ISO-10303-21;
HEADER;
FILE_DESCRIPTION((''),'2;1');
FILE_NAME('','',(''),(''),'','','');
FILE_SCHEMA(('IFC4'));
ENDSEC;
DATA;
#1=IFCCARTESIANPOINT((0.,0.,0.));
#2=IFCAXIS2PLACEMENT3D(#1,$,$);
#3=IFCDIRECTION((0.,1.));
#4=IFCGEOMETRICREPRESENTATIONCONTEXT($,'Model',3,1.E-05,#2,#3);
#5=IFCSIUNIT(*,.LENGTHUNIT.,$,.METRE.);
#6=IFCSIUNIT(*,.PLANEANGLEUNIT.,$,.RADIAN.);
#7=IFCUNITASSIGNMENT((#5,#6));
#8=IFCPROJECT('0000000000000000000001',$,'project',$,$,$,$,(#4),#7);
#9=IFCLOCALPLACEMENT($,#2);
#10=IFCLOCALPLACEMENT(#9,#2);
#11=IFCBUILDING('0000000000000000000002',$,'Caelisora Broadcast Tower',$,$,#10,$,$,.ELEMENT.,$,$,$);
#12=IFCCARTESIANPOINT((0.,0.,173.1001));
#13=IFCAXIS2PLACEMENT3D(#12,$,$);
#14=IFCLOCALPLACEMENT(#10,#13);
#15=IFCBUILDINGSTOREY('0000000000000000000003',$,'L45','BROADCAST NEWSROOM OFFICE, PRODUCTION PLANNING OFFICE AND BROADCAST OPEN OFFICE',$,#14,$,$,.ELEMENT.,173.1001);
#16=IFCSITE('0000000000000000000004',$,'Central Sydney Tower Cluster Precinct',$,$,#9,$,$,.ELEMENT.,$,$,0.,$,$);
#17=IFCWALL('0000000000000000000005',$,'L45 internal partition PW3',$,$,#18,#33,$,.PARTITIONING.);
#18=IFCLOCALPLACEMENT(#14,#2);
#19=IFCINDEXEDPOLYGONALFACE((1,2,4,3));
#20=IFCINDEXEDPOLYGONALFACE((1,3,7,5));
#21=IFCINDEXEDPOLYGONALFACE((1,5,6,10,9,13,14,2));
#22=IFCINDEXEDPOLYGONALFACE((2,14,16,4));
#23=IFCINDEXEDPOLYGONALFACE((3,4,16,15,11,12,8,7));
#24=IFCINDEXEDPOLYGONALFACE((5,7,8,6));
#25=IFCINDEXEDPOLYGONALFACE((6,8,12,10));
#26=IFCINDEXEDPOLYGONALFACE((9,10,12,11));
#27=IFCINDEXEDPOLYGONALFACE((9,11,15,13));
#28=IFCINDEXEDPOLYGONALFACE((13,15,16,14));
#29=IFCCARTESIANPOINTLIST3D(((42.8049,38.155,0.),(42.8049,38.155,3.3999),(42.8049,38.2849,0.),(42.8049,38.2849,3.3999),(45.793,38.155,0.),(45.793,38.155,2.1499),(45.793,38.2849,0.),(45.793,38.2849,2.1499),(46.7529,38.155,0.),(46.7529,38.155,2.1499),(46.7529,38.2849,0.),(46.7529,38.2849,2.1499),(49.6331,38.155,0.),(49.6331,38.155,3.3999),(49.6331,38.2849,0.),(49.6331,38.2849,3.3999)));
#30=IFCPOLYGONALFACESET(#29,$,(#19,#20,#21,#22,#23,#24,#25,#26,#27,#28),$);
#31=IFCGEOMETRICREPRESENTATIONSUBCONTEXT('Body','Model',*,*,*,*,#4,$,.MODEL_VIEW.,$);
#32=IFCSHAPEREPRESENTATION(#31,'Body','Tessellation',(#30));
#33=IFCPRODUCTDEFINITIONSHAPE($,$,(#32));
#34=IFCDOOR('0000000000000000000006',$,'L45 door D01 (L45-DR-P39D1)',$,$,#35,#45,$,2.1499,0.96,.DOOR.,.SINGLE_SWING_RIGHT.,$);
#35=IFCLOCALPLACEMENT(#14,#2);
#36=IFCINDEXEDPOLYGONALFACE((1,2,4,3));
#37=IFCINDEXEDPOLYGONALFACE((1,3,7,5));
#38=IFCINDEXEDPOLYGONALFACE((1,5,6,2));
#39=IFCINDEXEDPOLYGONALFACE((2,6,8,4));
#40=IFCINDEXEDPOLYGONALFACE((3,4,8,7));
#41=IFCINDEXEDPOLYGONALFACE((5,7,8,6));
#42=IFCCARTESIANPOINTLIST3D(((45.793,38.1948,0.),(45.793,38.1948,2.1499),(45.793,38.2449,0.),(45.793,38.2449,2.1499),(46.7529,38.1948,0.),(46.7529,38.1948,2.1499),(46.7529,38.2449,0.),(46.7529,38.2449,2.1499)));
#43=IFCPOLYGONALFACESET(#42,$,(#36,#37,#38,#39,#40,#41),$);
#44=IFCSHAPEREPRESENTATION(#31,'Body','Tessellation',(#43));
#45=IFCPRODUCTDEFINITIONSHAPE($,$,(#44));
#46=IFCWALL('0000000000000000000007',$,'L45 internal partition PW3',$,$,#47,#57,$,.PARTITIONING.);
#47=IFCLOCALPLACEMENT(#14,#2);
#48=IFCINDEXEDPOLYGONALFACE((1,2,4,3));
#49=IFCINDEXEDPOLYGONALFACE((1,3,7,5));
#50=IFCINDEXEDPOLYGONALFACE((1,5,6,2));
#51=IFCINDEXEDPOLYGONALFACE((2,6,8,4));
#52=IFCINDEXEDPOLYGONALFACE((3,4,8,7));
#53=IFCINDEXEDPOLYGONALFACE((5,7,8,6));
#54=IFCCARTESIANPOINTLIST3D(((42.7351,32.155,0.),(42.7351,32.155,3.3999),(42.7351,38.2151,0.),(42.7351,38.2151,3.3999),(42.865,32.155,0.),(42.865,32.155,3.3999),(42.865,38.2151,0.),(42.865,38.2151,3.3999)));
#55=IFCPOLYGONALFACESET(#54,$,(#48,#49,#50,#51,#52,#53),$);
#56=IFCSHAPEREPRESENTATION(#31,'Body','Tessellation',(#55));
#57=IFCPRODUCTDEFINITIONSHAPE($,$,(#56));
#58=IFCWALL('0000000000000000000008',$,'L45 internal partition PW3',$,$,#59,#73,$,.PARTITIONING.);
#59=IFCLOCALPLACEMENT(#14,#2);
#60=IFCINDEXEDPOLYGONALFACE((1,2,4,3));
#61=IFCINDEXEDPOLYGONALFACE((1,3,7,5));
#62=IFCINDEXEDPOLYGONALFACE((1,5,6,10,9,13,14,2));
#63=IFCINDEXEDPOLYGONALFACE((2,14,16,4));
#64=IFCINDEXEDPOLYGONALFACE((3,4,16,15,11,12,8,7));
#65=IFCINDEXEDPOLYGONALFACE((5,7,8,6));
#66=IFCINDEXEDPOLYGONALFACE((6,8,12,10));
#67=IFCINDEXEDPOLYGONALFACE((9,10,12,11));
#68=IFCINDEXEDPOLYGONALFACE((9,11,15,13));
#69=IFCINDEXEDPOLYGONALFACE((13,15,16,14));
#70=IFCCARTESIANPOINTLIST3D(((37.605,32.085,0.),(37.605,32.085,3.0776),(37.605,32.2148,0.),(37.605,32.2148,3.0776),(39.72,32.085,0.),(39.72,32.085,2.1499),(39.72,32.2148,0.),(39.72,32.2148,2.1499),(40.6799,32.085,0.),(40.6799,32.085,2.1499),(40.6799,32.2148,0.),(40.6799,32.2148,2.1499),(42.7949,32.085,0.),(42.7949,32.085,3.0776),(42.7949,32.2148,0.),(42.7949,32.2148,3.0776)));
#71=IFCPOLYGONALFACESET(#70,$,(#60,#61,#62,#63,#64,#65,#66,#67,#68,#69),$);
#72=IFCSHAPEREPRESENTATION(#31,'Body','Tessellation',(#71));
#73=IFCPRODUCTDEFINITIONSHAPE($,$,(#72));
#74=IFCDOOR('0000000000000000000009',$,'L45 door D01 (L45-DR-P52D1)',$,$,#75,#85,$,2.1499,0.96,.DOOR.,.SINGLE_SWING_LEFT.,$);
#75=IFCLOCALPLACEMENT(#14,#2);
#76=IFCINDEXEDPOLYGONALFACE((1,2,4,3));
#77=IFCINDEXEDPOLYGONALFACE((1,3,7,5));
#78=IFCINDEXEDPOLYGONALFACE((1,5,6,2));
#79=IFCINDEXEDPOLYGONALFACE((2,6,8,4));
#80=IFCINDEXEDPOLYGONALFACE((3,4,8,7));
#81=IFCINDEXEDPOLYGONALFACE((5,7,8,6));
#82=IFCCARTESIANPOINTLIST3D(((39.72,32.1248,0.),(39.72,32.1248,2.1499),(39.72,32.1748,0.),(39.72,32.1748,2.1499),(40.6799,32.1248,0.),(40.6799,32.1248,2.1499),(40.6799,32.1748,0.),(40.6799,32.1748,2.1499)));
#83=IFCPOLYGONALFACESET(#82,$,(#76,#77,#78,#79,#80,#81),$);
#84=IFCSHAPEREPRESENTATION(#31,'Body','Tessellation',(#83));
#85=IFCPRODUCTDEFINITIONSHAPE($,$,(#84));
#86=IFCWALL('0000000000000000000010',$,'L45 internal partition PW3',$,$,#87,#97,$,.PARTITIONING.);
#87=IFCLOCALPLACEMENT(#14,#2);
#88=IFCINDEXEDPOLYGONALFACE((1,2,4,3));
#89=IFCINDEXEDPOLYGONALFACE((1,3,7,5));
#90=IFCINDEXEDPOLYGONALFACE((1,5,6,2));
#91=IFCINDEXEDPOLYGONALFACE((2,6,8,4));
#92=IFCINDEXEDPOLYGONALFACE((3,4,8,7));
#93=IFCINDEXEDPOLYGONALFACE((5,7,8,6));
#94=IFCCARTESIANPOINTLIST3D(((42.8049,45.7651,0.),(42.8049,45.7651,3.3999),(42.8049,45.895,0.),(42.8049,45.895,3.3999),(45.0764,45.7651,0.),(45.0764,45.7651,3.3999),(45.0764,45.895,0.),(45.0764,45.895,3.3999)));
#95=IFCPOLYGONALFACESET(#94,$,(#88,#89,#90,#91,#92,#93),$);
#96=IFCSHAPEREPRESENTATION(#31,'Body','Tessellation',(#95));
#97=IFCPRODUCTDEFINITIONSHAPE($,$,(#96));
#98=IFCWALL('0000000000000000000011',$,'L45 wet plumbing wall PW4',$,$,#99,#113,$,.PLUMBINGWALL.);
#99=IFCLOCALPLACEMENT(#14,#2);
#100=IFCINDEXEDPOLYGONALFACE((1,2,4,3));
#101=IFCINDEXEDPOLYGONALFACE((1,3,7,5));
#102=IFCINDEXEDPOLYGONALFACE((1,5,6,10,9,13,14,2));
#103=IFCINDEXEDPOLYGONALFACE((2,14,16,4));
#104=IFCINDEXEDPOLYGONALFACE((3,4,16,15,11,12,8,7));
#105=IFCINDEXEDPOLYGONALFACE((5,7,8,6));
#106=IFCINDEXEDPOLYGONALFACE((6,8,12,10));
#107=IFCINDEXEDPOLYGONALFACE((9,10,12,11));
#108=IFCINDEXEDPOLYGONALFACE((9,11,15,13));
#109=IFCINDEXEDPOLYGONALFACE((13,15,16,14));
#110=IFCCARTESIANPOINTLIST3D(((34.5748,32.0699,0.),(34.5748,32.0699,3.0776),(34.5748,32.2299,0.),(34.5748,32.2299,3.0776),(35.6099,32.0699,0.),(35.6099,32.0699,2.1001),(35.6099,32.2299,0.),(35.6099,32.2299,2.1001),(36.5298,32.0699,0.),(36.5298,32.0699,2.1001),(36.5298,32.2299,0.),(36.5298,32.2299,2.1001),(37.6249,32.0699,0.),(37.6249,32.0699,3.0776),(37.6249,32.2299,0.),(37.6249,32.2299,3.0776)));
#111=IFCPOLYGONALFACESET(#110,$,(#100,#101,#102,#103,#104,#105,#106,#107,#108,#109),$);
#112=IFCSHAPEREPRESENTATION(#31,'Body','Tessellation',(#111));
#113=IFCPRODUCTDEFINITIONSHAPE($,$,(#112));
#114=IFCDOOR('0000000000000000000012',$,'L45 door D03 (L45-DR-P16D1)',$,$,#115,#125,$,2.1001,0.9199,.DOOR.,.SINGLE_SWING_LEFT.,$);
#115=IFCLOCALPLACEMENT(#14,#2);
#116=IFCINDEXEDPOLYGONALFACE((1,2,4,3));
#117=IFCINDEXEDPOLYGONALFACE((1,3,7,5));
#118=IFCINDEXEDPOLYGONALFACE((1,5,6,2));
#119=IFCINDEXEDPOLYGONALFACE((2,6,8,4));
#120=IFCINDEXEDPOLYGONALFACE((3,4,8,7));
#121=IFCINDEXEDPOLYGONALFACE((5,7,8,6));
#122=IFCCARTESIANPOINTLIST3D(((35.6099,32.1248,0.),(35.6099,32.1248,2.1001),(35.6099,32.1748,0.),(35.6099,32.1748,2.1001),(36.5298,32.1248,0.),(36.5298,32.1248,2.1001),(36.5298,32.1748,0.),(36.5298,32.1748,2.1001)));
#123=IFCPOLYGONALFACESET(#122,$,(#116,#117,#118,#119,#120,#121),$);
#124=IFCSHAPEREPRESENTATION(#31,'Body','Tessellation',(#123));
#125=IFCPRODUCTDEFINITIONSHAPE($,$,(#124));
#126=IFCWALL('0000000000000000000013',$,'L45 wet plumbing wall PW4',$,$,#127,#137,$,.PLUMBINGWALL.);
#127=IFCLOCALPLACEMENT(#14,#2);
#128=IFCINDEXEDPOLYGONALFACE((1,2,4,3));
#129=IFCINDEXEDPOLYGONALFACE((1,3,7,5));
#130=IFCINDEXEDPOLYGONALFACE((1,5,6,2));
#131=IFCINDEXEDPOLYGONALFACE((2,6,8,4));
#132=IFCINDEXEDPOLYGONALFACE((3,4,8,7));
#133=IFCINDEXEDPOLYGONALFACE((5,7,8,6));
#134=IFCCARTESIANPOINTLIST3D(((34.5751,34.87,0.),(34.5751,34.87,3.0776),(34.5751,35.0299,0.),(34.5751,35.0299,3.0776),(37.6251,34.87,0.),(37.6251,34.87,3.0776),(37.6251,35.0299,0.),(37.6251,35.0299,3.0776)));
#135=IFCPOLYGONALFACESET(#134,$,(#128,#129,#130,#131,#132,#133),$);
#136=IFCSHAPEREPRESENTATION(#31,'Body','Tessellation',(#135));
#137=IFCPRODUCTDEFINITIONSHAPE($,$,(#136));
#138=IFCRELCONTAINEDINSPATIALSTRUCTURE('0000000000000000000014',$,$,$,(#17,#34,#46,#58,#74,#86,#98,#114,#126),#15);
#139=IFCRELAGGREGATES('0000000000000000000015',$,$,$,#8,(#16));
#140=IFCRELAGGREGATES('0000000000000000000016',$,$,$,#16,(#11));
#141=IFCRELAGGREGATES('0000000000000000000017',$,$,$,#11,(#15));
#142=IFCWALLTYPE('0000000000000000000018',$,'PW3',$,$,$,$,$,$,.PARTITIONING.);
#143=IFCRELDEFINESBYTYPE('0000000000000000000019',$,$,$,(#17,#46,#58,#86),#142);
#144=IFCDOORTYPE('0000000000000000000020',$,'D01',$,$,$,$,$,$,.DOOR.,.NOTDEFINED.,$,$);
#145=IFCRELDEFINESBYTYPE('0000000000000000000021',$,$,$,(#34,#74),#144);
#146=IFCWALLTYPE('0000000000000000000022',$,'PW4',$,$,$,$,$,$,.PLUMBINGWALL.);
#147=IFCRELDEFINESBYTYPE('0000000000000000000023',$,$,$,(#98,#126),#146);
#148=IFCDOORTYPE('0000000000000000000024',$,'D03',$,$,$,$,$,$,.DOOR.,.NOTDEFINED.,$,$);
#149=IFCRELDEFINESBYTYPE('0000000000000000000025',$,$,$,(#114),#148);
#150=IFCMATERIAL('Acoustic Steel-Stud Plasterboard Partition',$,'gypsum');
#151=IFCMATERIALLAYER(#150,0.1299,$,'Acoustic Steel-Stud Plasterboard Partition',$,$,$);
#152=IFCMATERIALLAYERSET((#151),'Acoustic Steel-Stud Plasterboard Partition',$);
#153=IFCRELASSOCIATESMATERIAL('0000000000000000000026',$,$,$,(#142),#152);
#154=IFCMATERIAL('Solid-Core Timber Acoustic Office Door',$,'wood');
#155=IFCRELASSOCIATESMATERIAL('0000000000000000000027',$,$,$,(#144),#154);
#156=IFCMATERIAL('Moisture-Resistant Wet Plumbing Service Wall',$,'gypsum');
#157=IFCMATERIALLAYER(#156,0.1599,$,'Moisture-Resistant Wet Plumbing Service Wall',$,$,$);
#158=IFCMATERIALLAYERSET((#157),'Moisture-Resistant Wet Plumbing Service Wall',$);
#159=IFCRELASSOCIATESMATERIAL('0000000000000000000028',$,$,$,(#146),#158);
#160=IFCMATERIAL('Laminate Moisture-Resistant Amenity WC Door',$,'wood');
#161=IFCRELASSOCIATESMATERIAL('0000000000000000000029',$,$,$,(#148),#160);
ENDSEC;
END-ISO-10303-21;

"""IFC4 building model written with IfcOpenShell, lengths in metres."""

from ifc_helpers import new_model, si_unit, direction, frame, frame_2d, origin, place, context, subcontext, project, spatial, rectangle, extrude, material, layer, layer_set, type_object, element, fill, save


model = new_model("IFC4")

# Units and contexts
model_context = context("Model", 3, precision=1e-05, world=origin(), true_north=direction((0.0, 1.0)))
body_context = subcontext(model_context, "Body", "Model", "MODEL_VIEW")
ifc_project = project(units=[si_unit("LENGTHUNIT", "METRE"), si_unit("PLANEANGLEUNIT", "RADIAN")], contexts=[model_context])

# Site, building, storey
site_placement = place(None, origin())
site = spatial("IfcSite", under=ifc_project, at=site_placement, Name="Central Sydney Tower Cluster Precinct", CompositionType="ELEMENT", RefElevation=0.0)
building_placement = place(site_placement, origin())
building = spatial("IfcBuilding", under=site, at=building_placement, Name="Caelisora Broadcast Tower", CompositionType="ELEMENT")
storey_placement = place(building_placement, frame((0.0, 0.0, 173.1001)))
storey = spatial("IfcBuildingStorey", under=building, at=storey_placement, Name="L45", Description="BROADCAST NEWSROOM OFFICE, PRODUCTION PLANNING OFFICE AND BROADCAST OPEN OFFICE", CompositionType="ELEMENT", Elevation=173.1001)

# Shared definitions
ifc_material_1 = material(Name="Acoustic Steel-Stud Plasterboard Partition", Category="gypsum")
ifc_layer_1 = layer(ifc_material_1, 0.1299, Name="Acoustic Steel-Stud Plasterboard Partition")
ifc_layer_set_1 = layer_set([ifc_layer_1], Name="Acoustic Steel-Stud Plasterboard Partition")
wall_type_1 = type_object("IfcWallType", Name="PW3", PredefinedType="PARTITIONING", material=ifc_layer_set_1)
ifc_material_2 = material(Name="Solid-Core Timber Acoustic Office Door", Category="wood")
door_type_1 = type_object("IfcDoorType", Name="D01", OperationType="NOTDEFINED", PredefinedType="DOOR", material=ifc_material_2)

# Wall, opening, door
wall_1_placement = place(storey_placement, frame((42.8049, 38.22, 0.0), z_axis=(0.0, 0.0, 1.0), x_axis=(1.0, 0.0, 0.0)))
wall_1 = element("IfcWall", 1, at=wall_1_placement, inside=storey, type_object=wall_type_1, Name="L45 internal partition PW3", PredefinedType="PARTITIONING", context=body_context, shape_type="SweptSolid", body=[
    extrude(rectangle(XDim=6.8281, YDim=0.1299, at=frame_2d((3.4141, 0.0))), origin(), (0.0, 0.0, 1.0), 3.3999),
])
opening_1_placement = place(wall_1_placement, frame((2.988, 0.0, 0.0)))
opening_1 = element("IfcOpeningElement", 2, at=opening_1_placement, cuts=wall_1, PredefinedType="OPENING", context=body_context, shape_type="SweptSolid", body=[
    extrude(rectangle(XDim=0.96, YDim=2.1499, at=frame_2d((0.48, 1.075))), frame((0.0, 0.0769, 0.0), z_axis=(0.0, -1.0, 0.0), x_axis=(1.0, 0.0, 0.0)), (0.0, 0.0, 1.0), 0.1538),
])
door_1_placement = place(opening_1_placement, origin())
door_1 = element("IfcDoor", 3, at=door_1_placement, inside=storey, type_object=door_type_1, Name="L45 door D01 (L45-DR-P39D1)", OperationType="SINGLE_SWING_RIGHT", OverallHeight=2.1499, OverallWidth=0.96, PredefinedType="DOOR", context=body_context, shape_type="SweptSolid", body=[
    extrude(rectangle(XDim=0.96, YDim=2.1499, at=frame_2d((0.48, 1.075))), frame((0.0, 0.0249, 0.0), z_axis=(0.0, -1.0, 0.0), x_axis=(1.0, 0.0, 0.0)), (0.0, 0.0, 1.0), 0.05),
])
fill(opening_1, door_1)

# Wall
wall_2_placement = place(storey_placement, frame((42.8, 32.155, 0.0), z_axis=(0.0, 0.0, 1.0), x_axis=(0.0, 1.0, 0.0)))
element("IfcWall", 4, at=wall_2_placement, inside=storey, type_object=wall_type_1, Name="L45 internal partition PW3", PredefinedType="PARTITIONING", context=body_context, shape_type="SweptSolid", body=[
    extrude(rectangle(XDim=6.0601, YDim=0.1299, at=frame_2d((3.03, 0.0))), origin(), (0.0, 0.0, 1.0), 3.3999),
])

# Wall, opening, door
wall_3_placement = place(storey_placement, frame((37.605, 32.1499, 0.0), z_axis=(0.0, 0.0, 1.0), x_axis=(1.0, 0.0, 0.0)))
wall_3 = element("IfcWall", 5, at=wall_3_placement, inside=storey, type_object=wall_type_1, Name="L45 internal partition PW3", PredefinedType="PARTITIONING", context=body_context, shape_type="SweptSolid", body=[
    extrude(rectangle(XDim=5.1899, YDim=0.1299, at=frame_2d((2.595, 0.0))), origin(), (0.0, 0.0, 1.0), 3.0776),
])
opening_2_placement = place(wall_3_placement, frame((2.115, 0.0, 0.0)))
opening_2 = element("IfcOpeningElement", 6, at=opening_2_placement, cuts=wall_3, PredefinedType="OPENING", context=body_context, shape_type="SweptSolid", body=[
    extrude(rectangle(XDim=0.96, YDim=2.1499, at=frame_2d((0.48, 1.075))), frame((0.0, 0.0769, 0.0), z_axis=(0.0, -1.0, 0.0), x_axis=(1.0, 0.0, 0.0)), (0.0, 0.0, 1.0), 0.1538),
])
door_2_placement = place(opening_2_placement, origin())
door_2 = element("IfcDoor", 7, at=door_2_placement, inside=storey, type_object=door_type_1, Name="L45 door D01 (L45-DR-P52D1)", OperationType="SINGLE_SWING_LEFT", OverallHeight=2.1499, OverallWidth=0.96, PredefinedType="DOOR", context=body_context, shape_type="SweptSolid", body=[
    extrude(rectangle(XDim=0.96, YDim=2.1499, at=frame_2d((0.48, 1.075))), frame((0.0, 0.0249, 0.0), z_axis=(0.0, -1.0, 0.0), x_axis=(1.0, 0.0, 0.0)), (0.0, 0.0, 1.0), 0.05),
])
fill(opening_2, door_2)

# Wall
wall_4_placement = place(storey_placement, frame((42.8049, 45.8301, 0.0), z_axis=(0.0, 0.0, 1.0), x_axis=(1.0, 0.0, 0.0)))
element("IfcWall", 8, at=wall_4_placement, inside=storey, type_object=wall_type_1, Name="L45 internal partition PW3", PredefinedType="PARTITIONING", context=body_context, shape_type="SweptSolid", body=[
    extrude(rectangle(XDim=2.2715, YDim=0.1299, at=frame_2d((1.1357, 0.0))), origin(), (0.0, 0.0, 1.0), 3.3999),
])

# Wall, opening, door
ifc_material_3 = material(Name="Moisture-Resistant Wet Plumbing Service Wall", Category="gypsum")
ifc_layer_2 = layer(ifc_material_3, 0.1599, Name="Moisture-Resistant Wet Plumbing Service Wall")
ifc_layer_set_2 = layer_set([ifc_layer_2], Name="Moisture-Resistant Wet Plumbing Service Wall")
wall_type_2 = type_object("IfcWallType", Name="PW4", PredefinedType="PLUMBINGWALL", material=ifc_layer_set_2)
wall_5_placement = place(storey_placement, frame((34.575, 32.1499, 0.0), z_axis=(0.0, 0.0, 1.0), x_axis=(1.0, 0.0, 0.0)))
wall_5 = element("IfcWall", 9, at=wall_5_placement, inside=storey, type_object=wall_type_2, Name="L45 wet plumbing wall PW4", PredefinedType="PLUMBINGWALL", context=body_context, shape_type="SweptSolid", body=[
    extrude(rectangle(XDim=3.05, YDim=0.1599, at=frame_2d((1.5249, 0.0))), origin(), (0.0, 0.0, 1.0), 3.0776),
])
opening_3_placement = place(wall_5_placement, frame((1.0349, 0.0, 0.0)))
opening_3 = element("IfcOpeningElement", 10, at=opening_3_placement, cuts=wall_5, PredefinedType="OPENING", context=body_context, shape_type="SweptSolid", body=[
    extrude(rectangle(XDim=0.9199, YDim=2.1001, at=frame_2d((0.46, 1.05))), frame((0.0, 0.092, 0.0), z_axis=(0.0, -1.0, 0.0), x_axis=(1.0, 0.0, 0.0)), (0.0, 0.0, 1.0), 0.1838),
])
ifc_material_4 = material(Name="Laminate Moisture-Resistant Amenity WC Door", Category="wood")
door_type_2 = type_object("IfcDoorType", Name="D03", OperationType="NOTDEFINED", PredefinedType="DOOR", material=ifc_material_4)
door_3_placement = place(opening_3_placement, origin())
door_3 = element("IfcDoor", 11, at=door_3_placement, inside=storey, type_object=door_type_2, Name="L45 door D03 (L45-DR-P16D1)", OperationType="SINGLE_SWING_LEFT", OverallHeight=2.1001, OverallWidth=0.9199, PredefinedType="DOOR", context=body_context, shape_type="SweptSolid", body=[
    extrude(rectangle(XDim=0.9199, YDim=2.1001, at=frame_2d((0.46, 1.05))), frame((0.0, 0.0249, 0.0), z_axis=(0.0, -1.0, 0.0), x_axis=(1.0, 0.0, 0.0)), (0.0, 0.0, 1.0), 0.05),
])
fill(opening_3, door_3)

# Wall
wall_6_placement = place(storey_placement, frame((37.625, 34.95, 0.0), z_axis=(0.0, 0.0, 1.0), x_axis=(-1.0, 0.0, 0.0)))
element("IfcWall", 12, at=wall_6_placement, inside=storey, type_object=wall_type_2, Name="L45 wet plumbing wall PW4", PredefinedType="PLUMBINGWALL", context=body_context, shape_type="SweptSolid", body=[
    extrude(rectangle(XDim=3.05, YDim=0.1599, at=frame_2d((1.5249, 0.0))), origin(), (0.0, 0.0, 1.0), 3.0776),
])

save(model, "model.ifc")
